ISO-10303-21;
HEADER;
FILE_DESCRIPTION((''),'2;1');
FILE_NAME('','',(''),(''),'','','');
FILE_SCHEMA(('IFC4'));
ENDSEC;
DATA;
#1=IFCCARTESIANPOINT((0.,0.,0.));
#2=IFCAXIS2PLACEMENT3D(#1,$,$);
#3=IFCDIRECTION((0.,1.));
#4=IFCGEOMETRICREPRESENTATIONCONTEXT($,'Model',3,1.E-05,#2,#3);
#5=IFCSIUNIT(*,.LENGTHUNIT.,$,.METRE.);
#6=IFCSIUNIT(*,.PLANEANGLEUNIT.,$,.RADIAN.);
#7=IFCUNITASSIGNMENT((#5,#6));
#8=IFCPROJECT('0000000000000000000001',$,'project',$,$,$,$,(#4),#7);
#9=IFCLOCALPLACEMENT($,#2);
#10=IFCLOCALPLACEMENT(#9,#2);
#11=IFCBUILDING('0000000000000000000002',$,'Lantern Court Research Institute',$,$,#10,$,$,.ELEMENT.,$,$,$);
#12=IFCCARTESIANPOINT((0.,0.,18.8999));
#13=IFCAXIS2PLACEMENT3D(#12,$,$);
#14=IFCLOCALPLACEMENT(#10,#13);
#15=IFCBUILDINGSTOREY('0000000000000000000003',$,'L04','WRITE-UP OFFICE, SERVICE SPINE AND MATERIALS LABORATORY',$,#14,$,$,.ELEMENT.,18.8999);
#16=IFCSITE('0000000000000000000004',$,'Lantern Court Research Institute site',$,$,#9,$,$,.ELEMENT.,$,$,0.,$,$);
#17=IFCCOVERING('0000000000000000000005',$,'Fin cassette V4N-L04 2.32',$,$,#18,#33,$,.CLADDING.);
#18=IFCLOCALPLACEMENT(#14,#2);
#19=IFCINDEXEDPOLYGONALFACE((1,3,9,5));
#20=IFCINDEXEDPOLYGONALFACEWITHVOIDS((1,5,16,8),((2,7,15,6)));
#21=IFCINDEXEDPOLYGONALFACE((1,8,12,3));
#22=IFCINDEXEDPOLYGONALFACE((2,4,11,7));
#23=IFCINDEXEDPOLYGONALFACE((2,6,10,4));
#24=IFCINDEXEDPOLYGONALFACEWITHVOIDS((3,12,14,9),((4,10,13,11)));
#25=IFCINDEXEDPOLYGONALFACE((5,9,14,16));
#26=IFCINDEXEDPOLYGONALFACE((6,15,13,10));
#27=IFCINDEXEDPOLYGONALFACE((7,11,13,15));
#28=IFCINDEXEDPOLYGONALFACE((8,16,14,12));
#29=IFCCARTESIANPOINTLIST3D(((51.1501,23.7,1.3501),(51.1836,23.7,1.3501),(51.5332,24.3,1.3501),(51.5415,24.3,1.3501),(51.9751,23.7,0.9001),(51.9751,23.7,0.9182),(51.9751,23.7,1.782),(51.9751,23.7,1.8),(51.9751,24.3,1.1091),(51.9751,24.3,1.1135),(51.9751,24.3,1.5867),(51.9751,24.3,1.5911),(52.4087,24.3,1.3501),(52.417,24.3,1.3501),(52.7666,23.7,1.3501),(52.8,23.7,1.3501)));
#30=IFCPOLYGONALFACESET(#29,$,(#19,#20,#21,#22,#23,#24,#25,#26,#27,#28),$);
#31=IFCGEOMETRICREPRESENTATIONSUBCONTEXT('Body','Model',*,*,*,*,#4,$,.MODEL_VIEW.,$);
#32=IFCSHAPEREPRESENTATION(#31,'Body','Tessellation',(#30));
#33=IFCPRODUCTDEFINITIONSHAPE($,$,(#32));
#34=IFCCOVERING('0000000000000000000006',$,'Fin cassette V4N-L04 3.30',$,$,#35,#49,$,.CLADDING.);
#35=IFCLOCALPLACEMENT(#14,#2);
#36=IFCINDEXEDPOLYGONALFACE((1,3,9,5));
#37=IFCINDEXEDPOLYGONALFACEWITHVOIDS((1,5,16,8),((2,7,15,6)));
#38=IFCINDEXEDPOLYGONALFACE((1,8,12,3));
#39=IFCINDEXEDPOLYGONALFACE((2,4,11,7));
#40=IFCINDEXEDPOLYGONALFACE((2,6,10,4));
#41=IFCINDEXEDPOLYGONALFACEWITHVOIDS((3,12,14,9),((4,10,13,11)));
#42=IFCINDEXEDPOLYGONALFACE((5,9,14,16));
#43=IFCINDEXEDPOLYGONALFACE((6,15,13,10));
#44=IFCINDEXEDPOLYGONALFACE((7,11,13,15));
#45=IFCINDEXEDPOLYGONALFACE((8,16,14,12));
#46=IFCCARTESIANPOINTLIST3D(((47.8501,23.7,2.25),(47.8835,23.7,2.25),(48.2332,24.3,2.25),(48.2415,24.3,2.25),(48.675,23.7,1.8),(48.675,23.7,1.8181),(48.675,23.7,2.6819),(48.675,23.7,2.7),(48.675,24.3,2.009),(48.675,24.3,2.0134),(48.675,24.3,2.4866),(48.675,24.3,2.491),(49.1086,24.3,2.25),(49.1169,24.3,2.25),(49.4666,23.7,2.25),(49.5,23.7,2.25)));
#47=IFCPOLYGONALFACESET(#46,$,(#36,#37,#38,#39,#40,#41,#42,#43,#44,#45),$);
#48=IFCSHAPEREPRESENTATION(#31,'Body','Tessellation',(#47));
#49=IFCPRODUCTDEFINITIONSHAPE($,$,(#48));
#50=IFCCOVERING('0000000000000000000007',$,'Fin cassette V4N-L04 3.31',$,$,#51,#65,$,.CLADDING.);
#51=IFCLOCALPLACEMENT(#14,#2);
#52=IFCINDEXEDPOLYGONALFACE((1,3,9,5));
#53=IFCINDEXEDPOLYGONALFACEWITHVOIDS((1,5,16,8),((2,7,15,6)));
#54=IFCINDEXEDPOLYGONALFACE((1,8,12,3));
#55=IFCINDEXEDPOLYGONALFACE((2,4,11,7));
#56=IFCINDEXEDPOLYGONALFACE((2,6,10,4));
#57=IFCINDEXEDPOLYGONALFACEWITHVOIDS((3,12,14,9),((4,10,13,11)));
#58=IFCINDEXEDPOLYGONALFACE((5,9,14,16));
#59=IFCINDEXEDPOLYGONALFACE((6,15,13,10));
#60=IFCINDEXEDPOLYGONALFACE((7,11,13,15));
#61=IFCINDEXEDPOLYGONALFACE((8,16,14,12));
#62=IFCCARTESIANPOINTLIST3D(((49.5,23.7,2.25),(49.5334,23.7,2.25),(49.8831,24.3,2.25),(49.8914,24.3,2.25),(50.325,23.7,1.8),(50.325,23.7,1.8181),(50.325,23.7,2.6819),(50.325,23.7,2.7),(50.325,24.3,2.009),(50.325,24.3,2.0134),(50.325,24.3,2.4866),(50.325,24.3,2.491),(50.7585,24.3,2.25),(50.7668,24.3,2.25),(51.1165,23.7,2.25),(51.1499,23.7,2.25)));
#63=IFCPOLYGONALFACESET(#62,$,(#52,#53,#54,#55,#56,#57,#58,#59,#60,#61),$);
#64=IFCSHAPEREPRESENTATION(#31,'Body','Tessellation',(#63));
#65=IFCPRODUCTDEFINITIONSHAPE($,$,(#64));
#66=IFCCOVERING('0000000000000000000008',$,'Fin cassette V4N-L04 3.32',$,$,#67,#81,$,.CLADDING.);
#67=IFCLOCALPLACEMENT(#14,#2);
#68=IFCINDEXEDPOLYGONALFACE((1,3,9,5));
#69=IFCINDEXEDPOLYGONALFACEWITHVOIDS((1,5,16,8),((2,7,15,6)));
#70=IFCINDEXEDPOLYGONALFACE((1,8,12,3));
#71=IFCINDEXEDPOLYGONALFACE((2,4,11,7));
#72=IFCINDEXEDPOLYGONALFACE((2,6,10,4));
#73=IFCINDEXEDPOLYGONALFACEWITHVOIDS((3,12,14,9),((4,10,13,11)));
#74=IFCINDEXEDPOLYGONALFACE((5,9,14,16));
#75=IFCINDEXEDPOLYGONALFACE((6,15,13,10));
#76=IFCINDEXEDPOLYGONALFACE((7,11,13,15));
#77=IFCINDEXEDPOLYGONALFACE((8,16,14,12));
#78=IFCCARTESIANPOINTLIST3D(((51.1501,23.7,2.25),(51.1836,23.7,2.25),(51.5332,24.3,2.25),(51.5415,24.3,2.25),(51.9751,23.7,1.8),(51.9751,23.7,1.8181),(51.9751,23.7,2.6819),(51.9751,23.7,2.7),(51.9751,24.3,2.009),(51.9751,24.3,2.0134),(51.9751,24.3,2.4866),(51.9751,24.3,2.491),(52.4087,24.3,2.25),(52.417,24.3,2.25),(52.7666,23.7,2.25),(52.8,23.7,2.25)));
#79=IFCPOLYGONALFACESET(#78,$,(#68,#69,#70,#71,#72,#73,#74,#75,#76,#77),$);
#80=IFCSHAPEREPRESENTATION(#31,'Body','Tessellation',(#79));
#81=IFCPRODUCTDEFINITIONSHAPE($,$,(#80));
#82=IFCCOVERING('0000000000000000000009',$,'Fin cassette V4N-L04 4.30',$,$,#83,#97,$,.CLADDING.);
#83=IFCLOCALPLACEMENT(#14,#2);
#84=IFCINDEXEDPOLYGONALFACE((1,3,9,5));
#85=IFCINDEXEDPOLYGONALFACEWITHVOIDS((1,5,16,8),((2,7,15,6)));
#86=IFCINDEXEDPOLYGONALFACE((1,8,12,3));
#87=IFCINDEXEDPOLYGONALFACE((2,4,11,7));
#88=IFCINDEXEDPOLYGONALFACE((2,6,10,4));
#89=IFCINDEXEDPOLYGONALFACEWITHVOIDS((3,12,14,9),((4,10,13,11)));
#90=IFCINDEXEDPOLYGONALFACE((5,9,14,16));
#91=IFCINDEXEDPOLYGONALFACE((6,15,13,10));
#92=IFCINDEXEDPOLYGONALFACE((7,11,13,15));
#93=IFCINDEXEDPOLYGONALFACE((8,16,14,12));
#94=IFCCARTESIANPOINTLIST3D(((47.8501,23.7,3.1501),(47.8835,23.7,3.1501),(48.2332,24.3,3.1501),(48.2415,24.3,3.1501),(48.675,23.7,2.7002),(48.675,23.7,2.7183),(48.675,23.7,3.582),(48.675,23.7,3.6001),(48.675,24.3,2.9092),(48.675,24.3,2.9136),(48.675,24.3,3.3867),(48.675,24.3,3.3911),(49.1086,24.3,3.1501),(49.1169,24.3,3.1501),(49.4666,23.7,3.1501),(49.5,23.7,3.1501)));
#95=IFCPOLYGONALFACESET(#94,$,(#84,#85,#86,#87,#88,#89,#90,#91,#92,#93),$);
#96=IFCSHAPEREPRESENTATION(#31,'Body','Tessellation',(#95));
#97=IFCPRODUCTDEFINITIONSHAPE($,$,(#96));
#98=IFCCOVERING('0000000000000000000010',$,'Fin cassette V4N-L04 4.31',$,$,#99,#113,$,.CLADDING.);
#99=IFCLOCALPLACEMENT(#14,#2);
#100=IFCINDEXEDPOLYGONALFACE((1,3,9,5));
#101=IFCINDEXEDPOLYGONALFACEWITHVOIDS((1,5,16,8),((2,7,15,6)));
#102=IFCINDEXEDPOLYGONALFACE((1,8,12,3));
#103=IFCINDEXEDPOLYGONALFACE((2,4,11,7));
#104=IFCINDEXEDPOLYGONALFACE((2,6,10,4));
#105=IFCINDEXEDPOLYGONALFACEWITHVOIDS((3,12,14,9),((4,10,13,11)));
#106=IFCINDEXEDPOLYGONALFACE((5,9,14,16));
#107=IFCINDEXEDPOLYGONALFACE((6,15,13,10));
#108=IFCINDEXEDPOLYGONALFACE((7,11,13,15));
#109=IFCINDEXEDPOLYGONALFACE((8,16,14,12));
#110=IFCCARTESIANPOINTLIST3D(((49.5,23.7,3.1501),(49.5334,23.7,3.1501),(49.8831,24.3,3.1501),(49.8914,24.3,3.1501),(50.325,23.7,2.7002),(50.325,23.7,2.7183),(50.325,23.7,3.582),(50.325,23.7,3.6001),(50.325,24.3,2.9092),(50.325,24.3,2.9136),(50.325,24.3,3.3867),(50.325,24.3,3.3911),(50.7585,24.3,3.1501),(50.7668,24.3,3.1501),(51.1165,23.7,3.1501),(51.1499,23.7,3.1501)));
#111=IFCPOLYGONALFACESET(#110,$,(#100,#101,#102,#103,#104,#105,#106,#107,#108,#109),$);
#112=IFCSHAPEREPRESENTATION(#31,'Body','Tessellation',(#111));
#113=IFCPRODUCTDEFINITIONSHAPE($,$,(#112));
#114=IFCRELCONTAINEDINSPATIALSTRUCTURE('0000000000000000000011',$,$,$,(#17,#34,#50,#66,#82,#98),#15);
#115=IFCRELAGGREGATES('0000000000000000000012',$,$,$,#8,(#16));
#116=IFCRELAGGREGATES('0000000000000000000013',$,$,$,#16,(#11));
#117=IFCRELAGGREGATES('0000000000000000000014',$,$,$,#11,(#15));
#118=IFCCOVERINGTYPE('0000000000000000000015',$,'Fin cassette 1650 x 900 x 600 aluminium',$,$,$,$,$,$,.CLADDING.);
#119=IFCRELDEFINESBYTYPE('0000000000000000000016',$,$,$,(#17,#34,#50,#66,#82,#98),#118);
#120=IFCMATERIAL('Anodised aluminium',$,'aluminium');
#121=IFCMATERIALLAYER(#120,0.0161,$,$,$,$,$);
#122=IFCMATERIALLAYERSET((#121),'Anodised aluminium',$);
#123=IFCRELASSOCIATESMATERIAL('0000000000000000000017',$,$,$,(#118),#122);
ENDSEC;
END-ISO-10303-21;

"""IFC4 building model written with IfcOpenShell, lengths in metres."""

from ifc_helpers import new_model, entity, si_unit, direction, frame, origin, place, context, subcontext, project, spatial, material, layer, layer_set, type_object, element, save


model = new_model("IFC4")

# Units and contexts
model_context = context("Model", 3, precision=1e-05, world=origin(), true_north=direction((0.0, 1.0)))
body_context = subcontext(model_context, "Body", "Model", "MODEL_VIEW")
ifc_project = project(units=[si_unit("LENGTHUNIT", "METRE"), si_unit("PLANEANGLEUNIT", "RADIAN")], contexts=[model_context])

# Site, building, storey
site_placement = place(None, origin())
site = spatial("IfcSite", under=ifc_project, at=site_placement, Name="Lantern Court Research Institute site", CompositionType="ELEMENT", RefElevation=0.0)
building_placement = place(site_placement, origin())
building = spatial("IfcBuilding", under=site, at=building_placement, Name="Lantern Court Research Institute", CompositionType="ELEMENT")
storey_placement = place(building_placement, frame((0.0, 0.0, 18.8999)))
storey = spatial("IfcBuildingStorey", under=building, at=storey_placement, Name="L04", Description="WRITE-UP OFFICE, SERVICE SPINE AND MATERIALS LABORATORY", CompositionType="ELEMENT", Elevation=18.8999)

# Coverings
ifc_material_1 = material(Name="Anodised aluminium", Category="aluminium")
ifc_layer_1 = layer(ifc_material_1, 0.0161)
ifc_layer_set_1 = layer_set([ifc_layer_1], Name="Anodised aluminium")
covering_type_1 = type_object("IfcCoveringType", Name="Fin cassette 1650 x 900 x 600 aluminium", PredefinedType="CLADDING", material=ifc_layer_set_1)
covering_1_placement = place(storey_placement, frame((51.9751, 23.7, 1.3501), z_axis=(0.0, 1.0, 0.0), x_axis=(-1.0, 0.0, 0.0)))
cartesian_point_1 = entity("IfcCartesianPoint", [0.825, 0.0])
cartesian_point_2 = entity("IfcCartesianPoint", [0.7915, 0.0])
cartesian_point_3 = entity("IfcCartesianPoint", [0.4419, 0.0])
cartesian_point_4 = entity("IfcCartesianPoint", [0.4336, 0.0])
element("IfcCovering", 1, at=covering_1_placement, inside=storey, type_object=covering_type_1, Name="Fin cassette V4N-L04 2.32", PredefinedType="CLADDING", context=body_context, shape_type="SweptSolid", body=[
    entity("IfcExtrudedAreaSolidTapered", entity("IfcArbitraryProfileDefWithVoids", "AREA", None, entity("IfcPolyline", [cartesian_point_1, entity("IfcCartesianPoint", [0.0, 0.45]), entity("IfcCartesianPoint", [-0.825, 0.0]), entity("IfcCartesianPoint", [0.0, -0.45]), cartesian_point_1]), [entity("IfcPolyline", [cartesian_point_2, entity("IfcCartesianPoint", [0.0, 0.4319]), entity("IfcCartesianPoint", [-0.7915, 0.0]), entity("IfcCartesianPoint", [0.0, -0.4319]), cartesian_point_2])]), entity("IfcAxis2Placement3D", entity("IfcCartesianPoint", [0.0, 0.0, 0.0])), entity("IfcDirection", [0.0, 0.0, 1.0]), 0.6001, entity("IfcArbitraryProfileDefWithVoids", "AREA", None, entity("IfcPolyline", [cartesian_point_3, entity("IfcCartesianPoint", [0.0, 0.241]), entity("IfcCartesianPoint", [-0.4419, 0.0]), entity("IfcCartesianPoint", [0.0, -0.241]), cartesian_point_3]), [entity("IfcPolyline", [cartesian_point_4, entity("IfcCartesianPoint", [0.0, 0.2366]), entity("IfcCartesianPoint", [-0.4336, 0.0]), entity("IfcCartesianPoint", [0.0, -0.2366]), cartesian_point_4])])),
])
covering_2_placement = place(storey_placement, frame((48.675, 23.7, 2.25), z_axis=(0.0, 1.0, 0.0), x_axis=(-1.0, 0.0, 0.0)))
cartesian_point_5 = entity("IfcCartesianPoint", [0.825, 0.0])
cartesian_point_6 = entity("IfcCartesianPoint", [0.7915, 0.0])
cartesian_point_7 = entity("IfcCartesianPoint", [0.4419, 0.0])
cartesian_point_8 = entity("IfcCartesianPoint", [0.4336, 0.0])
element("IfcCovering", 2, at=covering_2_placement, inside=storey, type_object=covering_type_1, Name="Fin cassette V4N-L04 3.30", PredefinedType="CLADDING", context=body_context, shape_type="SweptSolid", body=[
    entity("IfcExtrudedAreaSolidTapered", entity("IfcArbitraryProfileDefWithVoids", "AREA", None, entity("IfcPolyline", [cartesian_point_5, entity("IfcCartesianPoint", [0.0, 0.45]), entity("IfcCartesianPoint", [-0.825, 0.0]), entity("IfcCartesianPoint", [0.0, -0.45]), cartesian_point_5]), [entity("IfcPolyline", [cartesian_point_6, entity("IfcCartesianPoint", [0.0, 0.4319]), entity("IfcCartesianPoint", [-0.7915, 0.0]), entity("IfcCartesianPoint", [0.0, -0.4319]), cartesian_point_6])]), entity("IfcAxis2Placement3D", entity("IfcCartesianPoint", [0.0, 0.0, 0.0])), entity("IfcDirection", [0.0, 0.0, 1.0]), 0.6001, entity("IfcArbitraryProfileDefWithVoids", "AREA", None, entity("IfcPolyline", [cartesian_point_7, entity("IfcCartesianPoint", [0.0, 0.241]), entity("IfcCartesianPoint", [-0.4419, 0.0]), entity("IfcCartesianPoint", [0.0, -0.241]), cartesian_point_7]), [entity("IfcPolyline", [cartesian_point_8, entity("IfcCartesianPoint", [0.0, 0.2366]), entity("IfcCartesianPoint", [-0.4336, 0.0]), entity("IfcCartesianPoint", [0.0, -0.2366]), cartesian_point_8])])),
])
covering_3_placement = place(storey_placement, frame((50.325, 23.7, 2.25), z_axis=(0.0, 1.0, 0.0), x_axis=(-1.0, 0.0, 0.0)))
cartesian_point_9 = entity("IfcCartesianPoint", [0.825, 0.0])
cartesian_point_10 = entity("IfcCartesianPoint", [0.7915, 0.0])
cartesian_point_11 = entity("IfcCartesianPoint", [0.4419, 0.0])
cartesian_point_12 = entity("IfcCartesianPoint", [0.4336, 0.0])
element("IfcCovering", 3, at=covering_3_placement, inside=storey, type_object=covering_type_1, Name="Fin cassette V4N-L04 3.31", PredefinedType="CLADDING", context=body_context, shape_type="SweptSolid", body=[
    entity("IfcExtrudedAreaSolidTapered", entity("IfcArbitraryProfileDefWithVoids", "AREA", None, entity("IfcPolyline", [cartesian_point_9, entity("IfcCartesianPoint", [0.0, 0.45]), entity("IfcCartesianPoint", [-0.825, 0.0]), entity("IfcCartesianPoint", [0.0, -0.45]), cartesian_point_9]), [entity("IfcPolyline", [cartesian_point_10, entity("IfcCartesianPoint", [0.0, 0.4319]), entity("IfcCartesianPoint", [-0.7915, 0.0]), entity("IfcCartesianPoint", [0.0, -0.4319]), cartesian_point_10])]), entity("IfcAxis2Placement3D", entity("IfcCartesianPoint", [0.0, 0.0, 0.0])), entity("IfcDirection", [0.0, 0.0, 1.0]), 0.6001, entity("IfcArbitraryProfileDefWithVoids", "AREA", None, entity("IfcPolyline", [cartesian_point_11, entity("IfcCartesianPoint", [0.0, 0.241]), entity("IfcCartesianPoint", [-0.4419, 0.0]), entity("IfcCartesianPoint", [0.0, -0.241]), cartesian_point_11]), [entity("IfcPolyline", [cartesian_point_12, entity("IfcCartesianPoint", [0.0, 0.2366]), entity("IfcCartesianPoint", [-0.4336, 0.0]), entity("IfcCartesianPoint", [0.0, -0.2366]), cartesian_point_12])])),
])
covering_4_placement = place(storey_placement, frame((51.9751, 23.7, 2.25), z_axis=(0.0, 1.0, 0.0), x_axis=(-1.0, 0.0, 0.0)))
cartesian_point_13 = entity("IfcCartesianPoint", [0.825, 0.0])
cartesian_point_14 = entity("IfcCartesianPoint", [0.7915, 0.0])
cartesian_point_15 = entity("IfcCartesianPoint", [0.4419, 0.0])
cartesian_point_16 = entity("IfcCartesianPoint", [0.4336, 0.0])
element("IfcCovering", 4, at=covering_4_placement, inside=storey, type_object=covering_type_1, Name="Fin cassette V4N-L04 3.32", PredefinedType="CLADDING", context=body_context, shape_type="SweptSolid", body=[
    entity("IfcExtrudedAreaSolidTapered", entity("IfcArbitraryProfileDefWithVoids", "AREA", None, entity("IfcPolyline", [cartesian_point_13, entity("IfcCartesianPoint", [0.0, 0.45]), entity("IfcCartesianPoint", [-0.825, 0.0]), entity("IfcCartesianPoint", [0.0, -0.45]), cartesian_point_13]), [entity("IfcPolyline", [cartesian_point_14, entity("IfcCartesianPoint", [0.0, 0.4319]), entity("IfcCartesianPoint", [-0.7915, 0.0]), entity("IfcCartesianPoint", [0.0, -0.4319]), cartesian_point_14])]), entity("IfcAxis2Placement3D", entity("IfcCartesianPoint", [0.0, 0.0, 0.0])), entity("IfcDirection", [0.0, 0.0, 1.0]), 0.6001, entity("IfcArbitraryProfileDefWithVoids", "AREA", None, entity("IfcPolyline", [cartesian_point_15, entity("IfcCartesianPoint", [0.0, 0.241]), entity("IfcCartesianPoint", [-0.4419, 0.0]), entity("IfcCartesianPoint", [0.0, -0.241]), cartesian_point_15]), [entity("IfcPolyline", [cartesian_point_16, entity("IfcCartesianPoint", [0.0, 0.2366]), entity("IfcCartesianPoint", [-0.4336, 0.0]), entity("IfcCartesianPoint", [0.0, -0.2366]), cartesian_point_16])])),
])
covering_5_placement = place(storey_placement, frame((48.675, 23.7, 3.1501), z_axis=(0.0, 1.0, 0.0), x_axis=(-1.0, 0.0, 0.0)))
cartesian_point_17 = entity("IfcCartesianPoint", [0.825, 0.0])
cartesian_point_18 = entity("IfcCartesianPoint", [0.7915, 0.0])
cartesian_point_19 = entity("IfcCartesianPoint", [0.4419, 0.0])
cartesian_point_20 = entity("IfcCartesianPoint", [0.4336, 0.0])
element("IfcCovering", 5, at=covering_5_placement, inside=storey, type_object=covering_type_1, Name="Fin cassette V4N-L04 4.30", PredefinedType="CLADDING", context=body_context, shape_type="SweptSolid", body=[
    entity("IfcExtrudedAreaSolidTapered", entity("IfcArbitraryProfileDefWithVoids", "AREA", None, entity("IfcPolyline", [cartesian_point_17, entity("IfcCartesianPoint", [0.0, 0.45]), entity("IfcCartesianPoint", [-0.825, 0.0]), entity("IfcCartesianPoint", [0.0, -0.45]), cartesian_point_17]), [entity("IfcPolyline", [cartesian_point_18, entity("IfcCartesianPoint", [0.0, 0.4319]), entity("IfcCartesianPoint", [-0.7915, 0.0]), entity("IfcCartesianPoint", [0.0, -0.4319]), cartesian_point_18])]), entity("IfcAxis2Placement3D", entity("IfcCartesianPoint", [0.0, 0.0, 0.0])), entity("IfcDirection", [0.0, 0.0, 1.0]), 0.6001, entity("IfcArbitraryProfileDefWithVoids", "AREA", None, entity("IfcPolyline", [cartesian_point_19, entity("IfcCartesianPoint", [0.0, 0.241]), entity("IfcCartesianPoint", [-0.4419, 0.0]), entity("IfcCartesianPoint", [0.0, -0.241]), cartesian_point_19]), [entity("IfcPolyline", [cartesian_point_20, entity("IfcCartesianPoint", [0.0, 0.2366]), entity("IfcCartesianPoint", [-0.4336, 0.0]), entity("IfcCartesianPoint", [0.0, -0.2366]), cartesian_point_20])])),
])
covering_6_placement = place(storey_placement, frame((50.325, 23.7, 3.1501), z_axis=(0.0, 1.0, 0.0), x_axis=(-1.0, 0.0, 0.0)))
cartesian_point_21 = entity("IfcCartesianPoint", [0.825, 0.0])
cartesian_point_22 = entity("IfcCartesianPoint", [0.7915, 0.0])
cartesian_point_23 = entity("IfcCartesianPoint", [0.4419, 0.0])
cartesian_point_24 = entity("IfcCartesianPoint", [0.4336, 0.0])
element("IfcCovering", 6, at=covering_6_placement, inside=storey, type_object=covering_type_1, Name="Fin cassette V4N-L04 4.31", PredefinedType="CLADDING", context=body_context, shape_type="SweptSolid", body=[
    entity("IfcExtrudedAreaSolidTapered", entity("IfcArbitraryProfileDefWithVoids", "AREA", None, entity("IfcPolyline", [cartesian_point_21, entity("IfcCartesianPoint", [0.0, 0.45]), entity("IfcCartesianPoint", [-0.825, 0.0]), entity("IfcCartesianPoint", [0.0, -0.45]), cartesian_point_21]), [entity("IfcPolyline", [cartesian_point_22, entity("IfcCartesianPoint", [0.0, 0.4319]), entity("IfcCartesianPoint", [-0.7915, 0.0]), entity("IfcCartesianPoint", [0.0, -0.4319]), cartesian_point_22])]), entity("IfcAxis2Placement3D", entity("IfcCartesianPoint", [0.0, 0.0, 0.0])), entity("IfcDirection", [0.0, 0.0, 1.0]), 0.6001, entity("IfcArbitraryProfileDefWithVoids", "AREA", None, entity("IfcPolyline", [cartesian_point_23, entity("IfcCartesianPoint", [0.0, 0.241]), entity("IfcCartesianPoint", [-0.4419, 0.0]), entity("IfcCartesianPoint", [0.0, -0.241]), cartesian_point_23]), [entity("IfcPolyline", [cartesian_point_24, entity("IfcCartesianPoint", [0.0, 0.2366]), entity("IfcCartesianPoint", [-0.4336, 0.0]), entity("IfcCartesianPoint", [0.0, -0.2366]), cartesian_point_24])])),
])

save(model, "model.ifc")
